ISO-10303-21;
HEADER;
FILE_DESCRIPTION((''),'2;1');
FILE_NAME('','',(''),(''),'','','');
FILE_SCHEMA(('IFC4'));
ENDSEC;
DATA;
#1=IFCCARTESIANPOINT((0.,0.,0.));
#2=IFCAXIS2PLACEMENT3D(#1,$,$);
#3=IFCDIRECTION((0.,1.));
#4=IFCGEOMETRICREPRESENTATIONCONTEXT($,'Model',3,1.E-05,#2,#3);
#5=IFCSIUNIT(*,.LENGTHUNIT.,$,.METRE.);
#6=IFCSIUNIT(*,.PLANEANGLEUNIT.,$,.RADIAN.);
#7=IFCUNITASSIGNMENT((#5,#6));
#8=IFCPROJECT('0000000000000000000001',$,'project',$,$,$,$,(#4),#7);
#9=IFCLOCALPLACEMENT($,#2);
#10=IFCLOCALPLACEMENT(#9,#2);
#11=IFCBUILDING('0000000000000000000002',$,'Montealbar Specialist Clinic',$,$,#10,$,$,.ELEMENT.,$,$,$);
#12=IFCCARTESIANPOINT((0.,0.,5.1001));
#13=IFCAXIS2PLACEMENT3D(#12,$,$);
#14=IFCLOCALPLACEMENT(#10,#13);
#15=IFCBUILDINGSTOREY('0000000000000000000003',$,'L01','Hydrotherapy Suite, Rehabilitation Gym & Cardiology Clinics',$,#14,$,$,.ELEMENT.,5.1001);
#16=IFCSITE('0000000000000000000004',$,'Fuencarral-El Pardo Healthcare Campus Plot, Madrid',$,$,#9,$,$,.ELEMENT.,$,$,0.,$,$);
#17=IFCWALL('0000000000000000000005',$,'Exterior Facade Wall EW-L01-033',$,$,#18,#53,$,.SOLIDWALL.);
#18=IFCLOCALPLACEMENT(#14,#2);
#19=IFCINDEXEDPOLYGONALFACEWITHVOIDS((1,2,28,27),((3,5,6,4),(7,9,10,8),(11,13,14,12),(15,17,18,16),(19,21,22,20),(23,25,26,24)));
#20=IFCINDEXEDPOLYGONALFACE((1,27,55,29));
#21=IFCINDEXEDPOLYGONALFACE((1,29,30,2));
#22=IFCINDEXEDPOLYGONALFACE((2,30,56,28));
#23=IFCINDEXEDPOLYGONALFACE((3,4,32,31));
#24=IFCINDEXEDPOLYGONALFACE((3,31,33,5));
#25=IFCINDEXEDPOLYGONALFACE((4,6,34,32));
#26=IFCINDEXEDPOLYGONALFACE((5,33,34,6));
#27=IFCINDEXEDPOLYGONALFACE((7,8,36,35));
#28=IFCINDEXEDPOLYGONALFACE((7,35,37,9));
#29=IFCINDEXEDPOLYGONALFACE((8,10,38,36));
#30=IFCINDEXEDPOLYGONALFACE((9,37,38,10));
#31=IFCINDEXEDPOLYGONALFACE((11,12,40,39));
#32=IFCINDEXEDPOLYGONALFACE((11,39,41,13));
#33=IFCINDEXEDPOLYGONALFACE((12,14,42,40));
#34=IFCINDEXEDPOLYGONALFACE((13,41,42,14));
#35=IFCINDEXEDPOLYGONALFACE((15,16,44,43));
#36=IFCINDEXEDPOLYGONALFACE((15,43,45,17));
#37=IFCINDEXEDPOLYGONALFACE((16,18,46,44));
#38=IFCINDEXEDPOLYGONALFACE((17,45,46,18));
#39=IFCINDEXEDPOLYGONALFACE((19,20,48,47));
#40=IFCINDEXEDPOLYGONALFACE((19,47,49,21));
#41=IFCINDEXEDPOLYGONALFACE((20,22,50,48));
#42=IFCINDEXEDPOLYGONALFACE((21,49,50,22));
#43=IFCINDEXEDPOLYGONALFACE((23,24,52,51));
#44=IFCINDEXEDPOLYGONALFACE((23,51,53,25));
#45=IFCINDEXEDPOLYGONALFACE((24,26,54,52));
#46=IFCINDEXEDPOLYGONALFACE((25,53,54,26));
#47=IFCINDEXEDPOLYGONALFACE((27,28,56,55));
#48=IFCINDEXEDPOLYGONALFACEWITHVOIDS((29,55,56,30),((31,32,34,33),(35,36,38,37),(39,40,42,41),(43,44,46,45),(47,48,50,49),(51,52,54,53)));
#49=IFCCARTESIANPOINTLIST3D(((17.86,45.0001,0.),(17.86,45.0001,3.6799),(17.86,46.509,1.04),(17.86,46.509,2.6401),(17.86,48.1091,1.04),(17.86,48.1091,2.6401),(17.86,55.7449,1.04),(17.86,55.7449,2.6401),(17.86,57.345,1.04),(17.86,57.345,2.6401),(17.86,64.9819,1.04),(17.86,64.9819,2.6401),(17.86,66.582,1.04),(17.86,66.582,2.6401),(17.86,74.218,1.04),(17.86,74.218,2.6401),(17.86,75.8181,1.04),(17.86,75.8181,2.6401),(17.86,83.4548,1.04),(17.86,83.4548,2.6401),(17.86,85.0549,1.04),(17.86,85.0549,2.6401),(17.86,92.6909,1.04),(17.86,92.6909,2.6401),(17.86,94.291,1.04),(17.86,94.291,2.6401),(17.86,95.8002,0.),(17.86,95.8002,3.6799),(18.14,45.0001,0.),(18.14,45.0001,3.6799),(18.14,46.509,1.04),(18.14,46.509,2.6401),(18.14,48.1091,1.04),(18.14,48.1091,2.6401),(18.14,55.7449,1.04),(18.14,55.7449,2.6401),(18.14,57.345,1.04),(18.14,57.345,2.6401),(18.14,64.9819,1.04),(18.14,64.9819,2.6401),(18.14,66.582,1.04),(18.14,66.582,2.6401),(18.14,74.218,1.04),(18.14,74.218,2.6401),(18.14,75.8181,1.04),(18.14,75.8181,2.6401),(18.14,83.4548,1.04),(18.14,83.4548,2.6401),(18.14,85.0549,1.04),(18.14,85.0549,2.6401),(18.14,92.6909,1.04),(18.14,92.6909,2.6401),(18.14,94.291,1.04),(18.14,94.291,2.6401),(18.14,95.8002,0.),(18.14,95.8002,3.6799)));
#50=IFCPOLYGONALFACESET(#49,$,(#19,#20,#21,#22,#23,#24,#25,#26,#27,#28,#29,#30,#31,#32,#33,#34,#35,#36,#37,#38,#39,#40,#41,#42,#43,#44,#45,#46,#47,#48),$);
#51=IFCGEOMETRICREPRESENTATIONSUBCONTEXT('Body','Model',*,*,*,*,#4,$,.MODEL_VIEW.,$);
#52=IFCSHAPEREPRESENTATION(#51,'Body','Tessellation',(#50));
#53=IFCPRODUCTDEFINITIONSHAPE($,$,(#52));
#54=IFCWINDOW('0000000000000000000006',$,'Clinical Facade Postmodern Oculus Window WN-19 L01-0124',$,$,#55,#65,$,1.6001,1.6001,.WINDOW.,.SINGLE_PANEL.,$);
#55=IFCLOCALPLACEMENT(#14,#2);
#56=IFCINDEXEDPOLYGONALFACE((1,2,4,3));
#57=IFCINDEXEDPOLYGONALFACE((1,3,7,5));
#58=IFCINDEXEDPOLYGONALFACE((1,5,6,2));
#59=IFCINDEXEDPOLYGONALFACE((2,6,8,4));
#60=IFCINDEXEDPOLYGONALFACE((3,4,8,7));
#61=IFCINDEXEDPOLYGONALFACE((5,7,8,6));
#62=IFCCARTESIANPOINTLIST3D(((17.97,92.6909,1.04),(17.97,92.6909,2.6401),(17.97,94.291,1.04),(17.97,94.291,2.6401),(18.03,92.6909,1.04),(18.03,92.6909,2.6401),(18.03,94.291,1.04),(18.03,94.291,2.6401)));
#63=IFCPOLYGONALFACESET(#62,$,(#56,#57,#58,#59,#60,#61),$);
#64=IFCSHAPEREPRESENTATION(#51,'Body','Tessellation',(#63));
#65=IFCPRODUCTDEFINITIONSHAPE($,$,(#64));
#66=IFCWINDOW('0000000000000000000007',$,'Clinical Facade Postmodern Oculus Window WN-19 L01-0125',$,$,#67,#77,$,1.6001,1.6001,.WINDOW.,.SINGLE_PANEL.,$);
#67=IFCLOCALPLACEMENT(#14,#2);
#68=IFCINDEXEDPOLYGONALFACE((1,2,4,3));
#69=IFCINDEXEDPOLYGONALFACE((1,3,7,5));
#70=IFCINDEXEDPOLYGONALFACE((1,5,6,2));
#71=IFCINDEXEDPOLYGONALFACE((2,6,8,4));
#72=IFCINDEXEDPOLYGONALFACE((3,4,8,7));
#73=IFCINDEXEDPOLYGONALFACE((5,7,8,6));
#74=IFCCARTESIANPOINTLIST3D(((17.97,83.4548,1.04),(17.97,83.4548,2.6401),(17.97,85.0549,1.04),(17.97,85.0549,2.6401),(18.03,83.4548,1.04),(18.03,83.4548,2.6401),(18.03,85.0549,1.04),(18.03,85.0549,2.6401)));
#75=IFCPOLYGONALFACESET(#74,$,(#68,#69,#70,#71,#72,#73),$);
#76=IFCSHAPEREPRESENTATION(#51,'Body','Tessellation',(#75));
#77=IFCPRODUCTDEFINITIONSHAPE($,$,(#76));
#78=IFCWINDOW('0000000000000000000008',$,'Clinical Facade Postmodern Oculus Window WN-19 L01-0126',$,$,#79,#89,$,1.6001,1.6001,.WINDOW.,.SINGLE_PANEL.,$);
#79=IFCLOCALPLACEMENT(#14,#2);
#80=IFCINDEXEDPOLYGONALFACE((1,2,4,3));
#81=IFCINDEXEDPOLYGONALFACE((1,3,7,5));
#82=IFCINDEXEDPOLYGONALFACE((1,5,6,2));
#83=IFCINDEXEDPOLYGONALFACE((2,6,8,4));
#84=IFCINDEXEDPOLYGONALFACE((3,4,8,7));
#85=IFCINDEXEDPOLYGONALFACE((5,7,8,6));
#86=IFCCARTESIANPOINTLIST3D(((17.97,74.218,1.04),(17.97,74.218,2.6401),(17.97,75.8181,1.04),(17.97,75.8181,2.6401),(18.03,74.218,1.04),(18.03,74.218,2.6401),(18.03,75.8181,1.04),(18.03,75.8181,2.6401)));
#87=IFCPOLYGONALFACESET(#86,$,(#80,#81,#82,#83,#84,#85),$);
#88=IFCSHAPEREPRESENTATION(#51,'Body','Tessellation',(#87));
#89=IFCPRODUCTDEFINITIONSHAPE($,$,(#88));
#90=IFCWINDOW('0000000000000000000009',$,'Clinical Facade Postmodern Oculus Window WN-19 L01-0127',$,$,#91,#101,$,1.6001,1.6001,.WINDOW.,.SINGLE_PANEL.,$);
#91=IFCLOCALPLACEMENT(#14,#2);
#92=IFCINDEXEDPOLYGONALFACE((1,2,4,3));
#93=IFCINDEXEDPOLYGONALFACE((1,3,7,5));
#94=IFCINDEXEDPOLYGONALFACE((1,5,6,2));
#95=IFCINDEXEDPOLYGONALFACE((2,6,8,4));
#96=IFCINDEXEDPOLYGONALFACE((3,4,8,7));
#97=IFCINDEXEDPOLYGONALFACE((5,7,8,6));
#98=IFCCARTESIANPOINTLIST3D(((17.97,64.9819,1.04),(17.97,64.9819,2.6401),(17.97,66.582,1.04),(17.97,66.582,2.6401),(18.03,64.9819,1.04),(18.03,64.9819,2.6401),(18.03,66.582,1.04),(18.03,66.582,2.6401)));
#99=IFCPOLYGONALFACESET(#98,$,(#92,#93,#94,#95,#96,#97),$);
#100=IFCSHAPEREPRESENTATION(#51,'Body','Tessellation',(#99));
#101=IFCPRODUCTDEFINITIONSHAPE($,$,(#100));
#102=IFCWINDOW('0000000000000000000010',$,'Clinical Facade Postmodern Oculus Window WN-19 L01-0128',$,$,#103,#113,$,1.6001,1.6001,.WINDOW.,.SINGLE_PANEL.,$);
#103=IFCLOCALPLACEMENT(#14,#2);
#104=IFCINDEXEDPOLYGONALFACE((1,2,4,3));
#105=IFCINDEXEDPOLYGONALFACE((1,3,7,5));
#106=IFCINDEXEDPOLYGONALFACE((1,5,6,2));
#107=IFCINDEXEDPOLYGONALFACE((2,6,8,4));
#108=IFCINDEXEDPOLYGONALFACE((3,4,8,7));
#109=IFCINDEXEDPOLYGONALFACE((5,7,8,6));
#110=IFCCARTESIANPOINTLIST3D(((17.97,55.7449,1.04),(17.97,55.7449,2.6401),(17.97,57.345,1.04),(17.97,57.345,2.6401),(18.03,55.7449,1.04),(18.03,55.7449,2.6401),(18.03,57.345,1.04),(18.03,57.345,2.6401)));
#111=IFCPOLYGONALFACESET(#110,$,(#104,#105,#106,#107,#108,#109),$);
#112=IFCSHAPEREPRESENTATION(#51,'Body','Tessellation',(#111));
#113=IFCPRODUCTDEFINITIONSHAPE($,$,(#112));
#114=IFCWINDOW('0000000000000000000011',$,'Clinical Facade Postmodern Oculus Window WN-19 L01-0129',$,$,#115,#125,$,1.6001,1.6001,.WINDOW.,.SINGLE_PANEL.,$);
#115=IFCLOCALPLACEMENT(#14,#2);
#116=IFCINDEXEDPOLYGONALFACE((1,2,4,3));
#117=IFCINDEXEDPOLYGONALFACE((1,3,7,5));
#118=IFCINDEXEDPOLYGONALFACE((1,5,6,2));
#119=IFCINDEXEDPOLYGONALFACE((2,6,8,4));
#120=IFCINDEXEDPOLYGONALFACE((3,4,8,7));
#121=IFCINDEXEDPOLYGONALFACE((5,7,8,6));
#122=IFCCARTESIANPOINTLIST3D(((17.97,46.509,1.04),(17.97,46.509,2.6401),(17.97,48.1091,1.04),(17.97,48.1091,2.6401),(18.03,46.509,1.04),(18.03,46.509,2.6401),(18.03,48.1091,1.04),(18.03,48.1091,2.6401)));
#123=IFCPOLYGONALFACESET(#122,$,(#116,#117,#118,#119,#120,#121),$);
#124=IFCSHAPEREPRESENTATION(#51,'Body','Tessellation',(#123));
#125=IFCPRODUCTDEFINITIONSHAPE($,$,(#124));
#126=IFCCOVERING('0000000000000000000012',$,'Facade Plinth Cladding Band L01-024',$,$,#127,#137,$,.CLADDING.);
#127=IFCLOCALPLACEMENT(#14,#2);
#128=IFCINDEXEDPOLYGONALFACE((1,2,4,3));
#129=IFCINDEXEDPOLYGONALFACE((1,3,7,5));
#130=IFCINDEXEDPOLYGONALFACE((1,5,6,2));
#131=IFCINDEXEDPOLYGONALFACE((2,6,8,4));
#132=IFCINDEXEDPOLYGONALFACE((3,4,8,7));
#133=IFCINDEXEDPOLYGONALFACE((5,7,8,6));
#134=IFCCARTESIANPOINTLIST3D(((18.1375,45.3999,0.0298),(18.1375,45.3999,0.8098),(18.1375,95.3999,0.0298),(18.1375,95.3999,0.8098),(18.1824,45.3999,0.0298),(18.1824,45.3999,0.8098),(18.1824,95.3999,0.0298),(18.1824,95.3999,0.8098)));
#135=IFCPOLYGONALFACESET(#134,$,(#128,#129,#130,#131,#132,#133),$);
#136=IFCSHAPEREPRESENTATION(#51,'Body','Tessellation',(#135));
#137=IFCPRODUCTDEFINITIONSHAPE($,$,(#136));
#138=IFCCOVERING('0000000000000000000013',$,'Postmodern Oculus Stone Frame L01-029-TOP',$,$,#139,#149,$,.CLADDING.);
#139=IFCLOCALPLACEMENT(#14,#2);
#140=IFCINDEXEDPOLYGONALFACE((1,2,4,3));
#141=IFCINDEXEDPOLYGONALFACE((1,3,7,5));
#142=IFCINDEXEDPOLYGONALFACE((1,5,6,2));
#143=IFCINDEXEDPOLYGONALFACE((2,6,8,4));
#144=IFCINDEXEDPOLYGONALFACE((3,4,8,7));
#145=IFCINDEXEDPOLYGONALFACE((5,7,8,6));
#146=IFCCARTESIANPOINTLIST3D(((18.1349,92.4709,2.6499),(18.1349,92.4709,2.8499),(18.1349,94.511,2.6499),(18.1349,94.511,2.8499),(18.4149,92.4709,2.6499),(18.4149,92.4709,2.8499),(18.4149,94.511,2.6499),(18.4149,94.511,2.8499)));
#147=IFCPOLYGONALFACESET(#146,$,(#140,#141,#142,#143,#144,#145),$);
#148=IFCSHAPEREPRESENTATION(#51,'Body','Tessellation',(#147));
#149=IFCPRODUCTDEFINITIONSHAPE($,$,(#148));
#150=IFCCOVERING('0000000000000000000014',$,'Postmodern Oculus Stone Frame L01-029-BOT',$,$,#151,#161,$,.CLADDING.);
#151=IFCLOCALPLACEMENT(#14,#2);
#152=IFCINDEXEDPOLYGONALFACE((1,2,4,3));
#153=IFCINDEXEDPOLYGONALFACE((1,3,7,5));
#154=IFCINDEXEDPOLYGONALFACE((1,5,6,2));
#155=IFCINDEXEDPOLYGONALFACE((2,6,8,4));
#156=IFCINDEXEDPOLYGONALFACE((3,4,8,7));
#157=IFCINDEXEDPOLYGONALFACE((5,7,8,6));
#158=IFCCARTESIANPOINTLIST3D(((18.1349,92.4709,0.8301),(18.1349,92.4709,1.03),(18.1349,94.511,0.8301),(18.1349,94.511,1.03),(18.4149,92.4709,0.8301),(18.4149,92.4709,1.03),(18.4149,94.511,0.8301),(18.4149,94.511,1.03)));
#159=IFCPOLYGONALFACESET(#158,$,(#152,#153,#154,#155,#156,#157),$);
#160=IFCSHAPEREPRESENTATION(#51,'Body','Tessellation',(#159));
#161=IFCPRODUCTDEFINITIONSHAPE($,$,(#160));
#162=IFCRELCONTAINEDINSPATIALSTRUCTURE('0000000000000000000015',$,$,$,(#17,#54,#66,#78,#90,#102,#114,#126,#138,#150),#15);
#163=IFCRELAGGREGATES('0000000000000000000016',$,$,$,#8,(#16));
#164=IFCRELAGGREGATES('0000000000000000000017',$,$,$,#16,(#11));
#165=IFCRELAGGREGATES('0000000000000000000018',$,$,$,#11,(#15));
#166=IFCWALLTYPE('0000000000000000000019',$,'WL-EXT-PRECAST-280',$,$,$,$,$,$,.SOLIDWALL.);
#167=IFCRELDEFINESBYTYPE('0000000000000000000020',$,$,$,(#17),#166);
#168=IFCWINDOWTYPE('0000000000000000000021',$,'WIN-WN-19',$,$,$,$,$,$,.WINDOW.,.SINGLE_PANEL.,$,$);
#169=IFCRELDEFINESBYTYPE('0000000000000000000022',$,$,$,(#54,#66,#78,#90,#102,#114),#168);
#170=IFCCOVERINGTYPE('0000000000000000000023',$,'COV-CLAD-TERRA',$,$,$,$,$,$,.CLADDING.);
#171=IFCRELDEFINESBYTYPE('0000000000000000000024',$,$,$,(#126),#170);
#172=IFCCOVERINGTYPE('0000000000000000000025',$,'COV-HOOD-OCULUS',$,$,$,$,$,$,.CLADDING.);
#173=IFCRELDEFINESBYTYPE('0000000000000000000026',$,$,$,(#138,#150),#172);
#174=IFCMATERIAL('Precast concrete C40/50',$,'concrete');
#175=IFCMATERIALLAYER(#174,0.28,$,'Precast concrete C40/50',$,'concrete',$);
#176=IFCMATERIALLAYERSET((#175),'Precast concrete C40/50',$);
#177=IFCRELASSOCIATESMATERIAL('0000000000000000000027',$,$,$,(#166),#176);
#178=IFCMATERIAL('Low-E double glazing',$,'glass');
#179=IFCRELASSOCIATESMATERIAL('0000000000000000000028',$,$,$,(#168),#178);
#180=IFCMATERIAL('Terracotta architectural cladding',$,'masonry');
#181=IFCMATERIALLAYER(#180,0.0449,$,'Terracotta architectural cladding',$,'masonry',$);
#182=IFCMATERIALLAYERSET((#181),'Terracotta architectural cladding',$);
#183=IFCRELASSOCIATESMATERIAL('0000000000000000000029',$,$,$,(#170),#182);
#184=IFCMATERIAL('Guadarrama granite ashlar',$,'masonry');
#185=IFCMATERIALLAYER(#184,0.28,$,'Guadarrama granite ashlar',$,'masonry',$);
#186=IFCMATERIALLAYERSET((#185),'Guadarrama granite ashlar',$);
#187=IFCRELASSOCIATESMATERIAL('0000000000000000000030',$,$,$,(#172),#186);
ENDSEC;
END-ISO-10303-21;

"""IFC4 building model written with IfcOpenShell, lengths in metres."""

from ifc_helpers import new_model, si_unit, direction, frame, frame_2d, origin, origin_2d, place, context, subcontext, project, spatial, rectangle, extrude, material, layer, layer_set, type_object, element, fill, save


model = new_model("IFC4")

# Units and contexts
model_context = context("Model", 3, precision=1e-05, world=origin(), true_north=direction((0.0, 1.0)))
body_context = subcontext(model_context, "Body", "Model", "MODEL_VIEW")
ifc_project = project(units=[si_unit("LENGTHUNIT", "METRE"), si_unit("PLANEANGLEUNIT", "RADIAN")], contexts=[model_context])

# Site, building, storey
site_placement = place(None, origin())
site = spatial("IfcSite", under=ifc_project, at=site_placement, Name="Fuencarral-El Pardo Healthcare Campus Plot, Madrid", CompositionType="ELEMENT", RefElevation=0.0)
building_placement = place(site_placement, origin())
building = spatial("IfcBuilding", under=site, at=building_placement, Name="Montealbar Specialist Clinic", CompositionType="ELEMENT")
storey_placement = place(building_placement, frame((0.0, 0.0, 5.1001)))
storey = spatial("IfcBuildingStorey", under=building, at=storey_placement, Name="L01", Description="Hydrotherapy Suite, Rehabilitation Gym & Cardiology Clinics", CompositionType="ELEMENT", Elevation=5.1001)

# Wall, openings, windows
ifc_material_1 = material(Name="Precast concrete C40/50", Category="concrete")
ifc_layer_1 = layer(ifc_material_1, 0.28, Name="Precast concrete C40/50", Category="concrete")
ifc_layer_set_1 = layer_set([ifc_layer_1], Name="Precast concrete C40/50")
wall_type_1 = type_object("IfcWallType", Name="WL-EXT-PRECAST-280", PredefinedType="SOLIDWALL", material=ifc_layer_set_1)
wall_1_placement = place(storey_placement, frame((18.0, 95.8, 0.0), z_axis=(0.0, 0.0, 1.0), x_axis=(0.0, -1.0, 0.0)))
wall_1 = element("IfcWall", 1, at=wall_1_placement, inside=storey, type_object=wall_type_1, Name="Exterior Facade Wall EW-L01-033", PredefinedType="SOLIDWALL", context=body_context, shape_type="SweptSolid", body=[
    extrude(rectangle(XDim=50.8, YDim=0.28, at=frame_2d((25.3999, 0.0))), origin(), (0.0, 0.0, 1.0), 3.6799),
])
opening_1_placement = place(wall_1_placement, frame((1.509, 0.0, 1.04)))
opening_1 = element("IfcOpeningElement", 2, at=opening_1_placement, cuts=wall_1, PredefinedType="OPENING", context=body_context, shape_type="SweptSolid", body=[
    extrude(rectangle(XDim=1.6001, YDim=1.6001, at=frame_2d((0.8, 0.8))), frame((0.0, 0.1499, 0.0), z_axis=(0.0, -1.0, 0.0), x_axis=(1.0, 0.0, 0.0)), (0.0, 0.0, 1.0), 0.3),
])
opening_2_placement = place(wall_1_placement, frame((10.7451, 0.0, 1.04)))
opening_2 = element("IfcOpeningElement", 3, at=opening_2_placement, cuts=wall_1, PredefinedType="OPENING", context=body_context, shape_type="SweptSolid", body=[
    extrude(rectangle(XDim=1.6001, YDim=1.6001, at=frame_2d((0.8, 0.8))), frame((0.0, 0.1499, 0.0), z_axis=(0.0, -1.0, 0.0), x_axis=(1.0, 0.0, 0.0)), (0.0, 0.0, 1.0), 0.3),
])
opening_3_placement = place(wall_1_placement, frame((19.9819, 0.0, 1.04)))
opening_3 = element("IfcOpeningElement", 4, at=opening_3_placement, cuts=wall_1, PredefinedType="OPENING", context=body_context, shape_type="SweptSolid", body=[
    extrude(rectangle(XDim=1.6001, YDim=1.6001, at=frame_2d((0.8, 0.8))), frame((0.0, 0.1499, 0.0), z_axis=(0.0, -1.0, 0.0), x_axis=(1.0, 0.0, 0.0)), (0.0, 0.0, 1.0), 0.3),
])
opening_4_placement = place(wall_1_placement, frame((29.218, 0.0, 1.04)))
opening_4 = element("IfcOpeningElement", 5, at=opening_4_placement, cuts=wall_1, PredefinedType="OPENING", context=body_context, shape_type="SweptSolid", body=[
    extrude(rectangle(XDim=1.6001, YDim=1.6001, at=frame_2d((0.8, 0.8))), frame((0.0, 0.1499, 0.0), z_axis=(0.0, -1.0, 0.0), x_axis=(1.0, 0.0, 0.0)), (0.0, 0.0, 1.0), 0.3),
])
opening_5_placement = place(wall_1_placement, frame((38.4551, 0.0, 1.04)))
opening_5 = element("IfcOpeningElement", 6, at=opening_5_placement, cuts=wall_1, PredefinedType="OPENING", context=body_context, shape_type="SweptSolid", body=[
    extrude(rectangle(XDim=1.6001, YDim=1.6001, at=frame_2d((0.8, 0.8))), frame((0.0, 0.1499, 0.0), z_axis=(0.0, -1.0, 0.0), x_axis=(1.0, 0.0, 0.0)), (0.0, 0.0, 1.0), 0.3),
])
opening_6_placement = place(wall_1_placement, frame((47.6909, 0.0, 1.04)))
opening_6 = element("IfcOpeningElement", 7, at=opening_6_placement, cuts=wall_1, PredefinedType="OPENING", context=body_context, shape_type="SweptSolid", body=[
    extrude(rectangle(XDim=1.6001, YDim=1.6001, at=frame_2d((0.8, 0.8))), frame((0.0, 0.1499, 0.0), z_axis=(0.0, -1.0, 0.0), x_axis=(1.0, 0.0, 0.0)), (0.0, 0.0, 1.0), 0.3),
])
ifc_material_2 = material(Name="Low-E double glazing", Category="glass")
window_type = type_object("IfcWindowType", Name="WIN-WN-19", PartitioningType="SINGLE_PANEL", PredefinedType="WINDOW", material=ifc_material_2)
window_1_placement = place(opening_1_placement, origin())
window_1 = element("IfcWindow", 8, at=window_1_placement, inside=storey, type_object=window_type, Name="Clinical Facade Postmodern Oculus Window WN-19 L01-0124", OverallHeight=1.6001, OverallWidth=1.6001, PartitioningType="SINGLE_PANEL", PredefinedType="WINDOW", context=body_context, shape_type="SweptSolid", body=[
    extrude(rectangle(XDim=1.6001, YDim=1.6001, at=frame_2d((0.8, 0.8))), frame((0.0, 0.03, 0.0), z_axis=(0.0, -1.0, 0.0), x_axis=(1.0, 0.0, 0.0)), (0.0, 0.0, 1.0), 0.0601),
])
fill(opening_1, window_1)
window_2_placement = place(opening_2_placement, origin())
window_2 = element("IfcWindow", 9, at=window_2_placement, inside=storey, type_object=window_type, Name="Clinical Facade Postmodern Oculus Window WN-19 L01-0125", OverallHeight=1.6001, OverallWidth=1.6001, PartitioningType="SINGLE_PANEL", PredefinedType="WINDOW", context=body_context, shape_type="SweptSolid", body=[
    extrude(rectangle(XDim=1.6001, YDim=1.6001, at=frame_2d((0.8, 0.8))), frame((0.0, 0.03, 0.0), z_axis=(0.0, -1.0, 0.0), x_axis=(1.0, 0.0, 0.0)), (0.0, 0.0, 1.0), 0.0601),
])
fill(opening_2, window_2)
window_3_placement = place(opening_3_placement, origin())
window_3 = element("IfcWindow", 10, at=window_3_placement, inside=storey, type_object=window_type, Name="Clinical Facade Postmodern Oculus Window WN-19 L01-0126", OverallHeight=1.6001, OverallWidth=1.6001, PartitioningType="SINGLE_PANEL", PredefinedType="WINDOW", context=body_context, shape_type="SweptSolid", body=[
    extrude(rectangle(XDim=1.6001, YDim=1.6001, at=frame_2d((0.8, 0.8))), frame((0.0, 0.03, 0.0), z_axis=(0.0, -1.0, 0.0), x_axis=(1.0, 0.0, 0.0)), (0.0, 0.0, 1.0), 0.0601),
])
fill(opening_3, window_3)
window_4_placement = place(opening_4_placement, origin())
window_4 = element("IfcWindow", 11, at=window_4_placement, inside=storey, type_object=window_type, Name="Clinical Facade Postmodern Oculus Window WN-19 L01-0127", OverallHeight=1.6001, OverallWidth=1.6001, PartitioningType="SINGLE_PANEL", PredefinedType="WINDOW", context=body_context, shape_type="SweptSolid", body=[
    extrude(rectangle(XDim=1.6001, YDim=1.6001, at=frame_2d((0.8, 0.8))), frame((0.0, 0.03, 0.0), z_axis=(0.0, -1.0, 0.0), x_axis=(1.0, 0.0, 0.0)), (0.0, 0.0, 1.0), 0.0601),
])
fill(opening_4, window_4)
window_5_placement = place(opening_5_placement, origin())
window_5 = element("IfcWindow", 12, at=window_5_placement, inside=storey, type_object=window_type, Name="Clinical Facade Postmodern Oculus Window WN-19 L01-0128", OverallHeight=1.6001, OverallWidth=1.6001, PartitioningType="SINGLE_PANEL", PredefinedType="WINDOW", context=body_context, shape_type="SweptSolid", body=[
    extrude(rectangle(XDim=1.6001, YDim=1.6001, at=frame_2d((0.8, 0.8))), frame((0.0, 0.03, 0.0), z_axis=(0.0, -1.0, 0.0), x_axis=(1.0, 0.0, 0.0)), (0.0, 0.0, 1.0), 0.0601),
])
fill(opening_5, window_5)
window_6_placement = place(opening_6_placement, origin())
window_6 = element("IfcWindow", 13, at=window_6_placement, inside=storey, type_object=window_type, Name="Clinical Facade Postmodern Oculus Window WN-19 L01-0129", OverallHeight=1.6001, OverallWidth=1.6001, PartitioningType="SINGLE_PANEL", PredefinedType="WINDOW", context=body_context, shape_type="SweptSolid", body=[
    extrude(rectangle(XDim=1.6001, YDim=1.6001, at=frame_2d((0.8, 0.8))), frame((0.0, 0.03, 0.0), z_axis=(0.0, -1.0, 0.0), x_axis=(1.0, 0.0, 0.0)), (0.0, 0.0, 1.0), 0.0601),
])
fill(opening_6, window_6)

# Coverings
ifc_material_3 = material(Name="Terracotta architectural cladding", Category="masonry")
ifc_layer_2 = layer(ifc_material_3, 0.0449, Name="Terracotta architectural cladding", Category="masonry")
ifc_layer_set_2 = layer_set([ifc_layer_2], Name="Terracotta architectural cladding")
covering_type_1 = type_object("IfcCoveringType", Name="COV-CLAD-TERRA", PredefinedType="CLADDING", material=ifc_layer_set_2)
covering_placement = place(storey_placement, frame((18.1599, 70.3999, 0.0298), z_axis=(0.0, 0.0, 1.0), x_axis=(0.0, -1.0, 0.0)))
element("IfcCovering", 14, at=covering_placement, inside=storey, type_object=covering_type_1, Name="Facade Plinth Cladding Band L01-024", PredefinedType="CLADDING", context=body_context, shape_type="SweptSolid", body=[
    extrude(rectangle(XDim=50.0, YDim=0.0449, at=origin_2d()), origin(), (0.0, 0.0, 1.0), 0.78),
])
ifc_material_4 = material(Name="Guadarrama granite ashlar", Category="masonry")
ifc_layer_3 = layer(ifc_material_4, 0.28, Name="Guadarrama granite ashlar", Category="masonry")
ifc_layer_set_3 = layer_set([ifc_layer_3], Name="Guadarrama granite ashlar")
covering_type_2 = type_object("IfcCoveringType", Name="COV-HOOD-OCULUS", PredefinedType="CLADDING", material=ifc_layer_set_3)
for number, where, z_axis, x_axis, name in (
    (15, (18.2749, 93.491, 2.6499), (0.0, 0.0, 1.0), (0.0, -1.0, 0.0), "Postmodern Oculus Stone Frame L01-029-TOP"),
    (16, (18.2749, 93.491, 0.8301), (0.0, 0.0, 1.0), (0.0, -1.0, 0.0), "Postmodern Oculus Stone Frame L01-029-BOT"),
):
    element("IfcCovering", number, at=place(storey_placement, frame(where, z_axis=z_axis, x_axis=x_axis)), inside=storey, type_object=covering_type_2, Name=name, PredefinedType="CLADDING", context=body_context, shape_type="SweptSolid", body=[
        extrude(rectangle(XDim=2.04, YDim=0.28, at=origin_2d()), origin(), (0.0, 0.0, 1.0), 0.2),
    ])

save(model, "model.ifc")
